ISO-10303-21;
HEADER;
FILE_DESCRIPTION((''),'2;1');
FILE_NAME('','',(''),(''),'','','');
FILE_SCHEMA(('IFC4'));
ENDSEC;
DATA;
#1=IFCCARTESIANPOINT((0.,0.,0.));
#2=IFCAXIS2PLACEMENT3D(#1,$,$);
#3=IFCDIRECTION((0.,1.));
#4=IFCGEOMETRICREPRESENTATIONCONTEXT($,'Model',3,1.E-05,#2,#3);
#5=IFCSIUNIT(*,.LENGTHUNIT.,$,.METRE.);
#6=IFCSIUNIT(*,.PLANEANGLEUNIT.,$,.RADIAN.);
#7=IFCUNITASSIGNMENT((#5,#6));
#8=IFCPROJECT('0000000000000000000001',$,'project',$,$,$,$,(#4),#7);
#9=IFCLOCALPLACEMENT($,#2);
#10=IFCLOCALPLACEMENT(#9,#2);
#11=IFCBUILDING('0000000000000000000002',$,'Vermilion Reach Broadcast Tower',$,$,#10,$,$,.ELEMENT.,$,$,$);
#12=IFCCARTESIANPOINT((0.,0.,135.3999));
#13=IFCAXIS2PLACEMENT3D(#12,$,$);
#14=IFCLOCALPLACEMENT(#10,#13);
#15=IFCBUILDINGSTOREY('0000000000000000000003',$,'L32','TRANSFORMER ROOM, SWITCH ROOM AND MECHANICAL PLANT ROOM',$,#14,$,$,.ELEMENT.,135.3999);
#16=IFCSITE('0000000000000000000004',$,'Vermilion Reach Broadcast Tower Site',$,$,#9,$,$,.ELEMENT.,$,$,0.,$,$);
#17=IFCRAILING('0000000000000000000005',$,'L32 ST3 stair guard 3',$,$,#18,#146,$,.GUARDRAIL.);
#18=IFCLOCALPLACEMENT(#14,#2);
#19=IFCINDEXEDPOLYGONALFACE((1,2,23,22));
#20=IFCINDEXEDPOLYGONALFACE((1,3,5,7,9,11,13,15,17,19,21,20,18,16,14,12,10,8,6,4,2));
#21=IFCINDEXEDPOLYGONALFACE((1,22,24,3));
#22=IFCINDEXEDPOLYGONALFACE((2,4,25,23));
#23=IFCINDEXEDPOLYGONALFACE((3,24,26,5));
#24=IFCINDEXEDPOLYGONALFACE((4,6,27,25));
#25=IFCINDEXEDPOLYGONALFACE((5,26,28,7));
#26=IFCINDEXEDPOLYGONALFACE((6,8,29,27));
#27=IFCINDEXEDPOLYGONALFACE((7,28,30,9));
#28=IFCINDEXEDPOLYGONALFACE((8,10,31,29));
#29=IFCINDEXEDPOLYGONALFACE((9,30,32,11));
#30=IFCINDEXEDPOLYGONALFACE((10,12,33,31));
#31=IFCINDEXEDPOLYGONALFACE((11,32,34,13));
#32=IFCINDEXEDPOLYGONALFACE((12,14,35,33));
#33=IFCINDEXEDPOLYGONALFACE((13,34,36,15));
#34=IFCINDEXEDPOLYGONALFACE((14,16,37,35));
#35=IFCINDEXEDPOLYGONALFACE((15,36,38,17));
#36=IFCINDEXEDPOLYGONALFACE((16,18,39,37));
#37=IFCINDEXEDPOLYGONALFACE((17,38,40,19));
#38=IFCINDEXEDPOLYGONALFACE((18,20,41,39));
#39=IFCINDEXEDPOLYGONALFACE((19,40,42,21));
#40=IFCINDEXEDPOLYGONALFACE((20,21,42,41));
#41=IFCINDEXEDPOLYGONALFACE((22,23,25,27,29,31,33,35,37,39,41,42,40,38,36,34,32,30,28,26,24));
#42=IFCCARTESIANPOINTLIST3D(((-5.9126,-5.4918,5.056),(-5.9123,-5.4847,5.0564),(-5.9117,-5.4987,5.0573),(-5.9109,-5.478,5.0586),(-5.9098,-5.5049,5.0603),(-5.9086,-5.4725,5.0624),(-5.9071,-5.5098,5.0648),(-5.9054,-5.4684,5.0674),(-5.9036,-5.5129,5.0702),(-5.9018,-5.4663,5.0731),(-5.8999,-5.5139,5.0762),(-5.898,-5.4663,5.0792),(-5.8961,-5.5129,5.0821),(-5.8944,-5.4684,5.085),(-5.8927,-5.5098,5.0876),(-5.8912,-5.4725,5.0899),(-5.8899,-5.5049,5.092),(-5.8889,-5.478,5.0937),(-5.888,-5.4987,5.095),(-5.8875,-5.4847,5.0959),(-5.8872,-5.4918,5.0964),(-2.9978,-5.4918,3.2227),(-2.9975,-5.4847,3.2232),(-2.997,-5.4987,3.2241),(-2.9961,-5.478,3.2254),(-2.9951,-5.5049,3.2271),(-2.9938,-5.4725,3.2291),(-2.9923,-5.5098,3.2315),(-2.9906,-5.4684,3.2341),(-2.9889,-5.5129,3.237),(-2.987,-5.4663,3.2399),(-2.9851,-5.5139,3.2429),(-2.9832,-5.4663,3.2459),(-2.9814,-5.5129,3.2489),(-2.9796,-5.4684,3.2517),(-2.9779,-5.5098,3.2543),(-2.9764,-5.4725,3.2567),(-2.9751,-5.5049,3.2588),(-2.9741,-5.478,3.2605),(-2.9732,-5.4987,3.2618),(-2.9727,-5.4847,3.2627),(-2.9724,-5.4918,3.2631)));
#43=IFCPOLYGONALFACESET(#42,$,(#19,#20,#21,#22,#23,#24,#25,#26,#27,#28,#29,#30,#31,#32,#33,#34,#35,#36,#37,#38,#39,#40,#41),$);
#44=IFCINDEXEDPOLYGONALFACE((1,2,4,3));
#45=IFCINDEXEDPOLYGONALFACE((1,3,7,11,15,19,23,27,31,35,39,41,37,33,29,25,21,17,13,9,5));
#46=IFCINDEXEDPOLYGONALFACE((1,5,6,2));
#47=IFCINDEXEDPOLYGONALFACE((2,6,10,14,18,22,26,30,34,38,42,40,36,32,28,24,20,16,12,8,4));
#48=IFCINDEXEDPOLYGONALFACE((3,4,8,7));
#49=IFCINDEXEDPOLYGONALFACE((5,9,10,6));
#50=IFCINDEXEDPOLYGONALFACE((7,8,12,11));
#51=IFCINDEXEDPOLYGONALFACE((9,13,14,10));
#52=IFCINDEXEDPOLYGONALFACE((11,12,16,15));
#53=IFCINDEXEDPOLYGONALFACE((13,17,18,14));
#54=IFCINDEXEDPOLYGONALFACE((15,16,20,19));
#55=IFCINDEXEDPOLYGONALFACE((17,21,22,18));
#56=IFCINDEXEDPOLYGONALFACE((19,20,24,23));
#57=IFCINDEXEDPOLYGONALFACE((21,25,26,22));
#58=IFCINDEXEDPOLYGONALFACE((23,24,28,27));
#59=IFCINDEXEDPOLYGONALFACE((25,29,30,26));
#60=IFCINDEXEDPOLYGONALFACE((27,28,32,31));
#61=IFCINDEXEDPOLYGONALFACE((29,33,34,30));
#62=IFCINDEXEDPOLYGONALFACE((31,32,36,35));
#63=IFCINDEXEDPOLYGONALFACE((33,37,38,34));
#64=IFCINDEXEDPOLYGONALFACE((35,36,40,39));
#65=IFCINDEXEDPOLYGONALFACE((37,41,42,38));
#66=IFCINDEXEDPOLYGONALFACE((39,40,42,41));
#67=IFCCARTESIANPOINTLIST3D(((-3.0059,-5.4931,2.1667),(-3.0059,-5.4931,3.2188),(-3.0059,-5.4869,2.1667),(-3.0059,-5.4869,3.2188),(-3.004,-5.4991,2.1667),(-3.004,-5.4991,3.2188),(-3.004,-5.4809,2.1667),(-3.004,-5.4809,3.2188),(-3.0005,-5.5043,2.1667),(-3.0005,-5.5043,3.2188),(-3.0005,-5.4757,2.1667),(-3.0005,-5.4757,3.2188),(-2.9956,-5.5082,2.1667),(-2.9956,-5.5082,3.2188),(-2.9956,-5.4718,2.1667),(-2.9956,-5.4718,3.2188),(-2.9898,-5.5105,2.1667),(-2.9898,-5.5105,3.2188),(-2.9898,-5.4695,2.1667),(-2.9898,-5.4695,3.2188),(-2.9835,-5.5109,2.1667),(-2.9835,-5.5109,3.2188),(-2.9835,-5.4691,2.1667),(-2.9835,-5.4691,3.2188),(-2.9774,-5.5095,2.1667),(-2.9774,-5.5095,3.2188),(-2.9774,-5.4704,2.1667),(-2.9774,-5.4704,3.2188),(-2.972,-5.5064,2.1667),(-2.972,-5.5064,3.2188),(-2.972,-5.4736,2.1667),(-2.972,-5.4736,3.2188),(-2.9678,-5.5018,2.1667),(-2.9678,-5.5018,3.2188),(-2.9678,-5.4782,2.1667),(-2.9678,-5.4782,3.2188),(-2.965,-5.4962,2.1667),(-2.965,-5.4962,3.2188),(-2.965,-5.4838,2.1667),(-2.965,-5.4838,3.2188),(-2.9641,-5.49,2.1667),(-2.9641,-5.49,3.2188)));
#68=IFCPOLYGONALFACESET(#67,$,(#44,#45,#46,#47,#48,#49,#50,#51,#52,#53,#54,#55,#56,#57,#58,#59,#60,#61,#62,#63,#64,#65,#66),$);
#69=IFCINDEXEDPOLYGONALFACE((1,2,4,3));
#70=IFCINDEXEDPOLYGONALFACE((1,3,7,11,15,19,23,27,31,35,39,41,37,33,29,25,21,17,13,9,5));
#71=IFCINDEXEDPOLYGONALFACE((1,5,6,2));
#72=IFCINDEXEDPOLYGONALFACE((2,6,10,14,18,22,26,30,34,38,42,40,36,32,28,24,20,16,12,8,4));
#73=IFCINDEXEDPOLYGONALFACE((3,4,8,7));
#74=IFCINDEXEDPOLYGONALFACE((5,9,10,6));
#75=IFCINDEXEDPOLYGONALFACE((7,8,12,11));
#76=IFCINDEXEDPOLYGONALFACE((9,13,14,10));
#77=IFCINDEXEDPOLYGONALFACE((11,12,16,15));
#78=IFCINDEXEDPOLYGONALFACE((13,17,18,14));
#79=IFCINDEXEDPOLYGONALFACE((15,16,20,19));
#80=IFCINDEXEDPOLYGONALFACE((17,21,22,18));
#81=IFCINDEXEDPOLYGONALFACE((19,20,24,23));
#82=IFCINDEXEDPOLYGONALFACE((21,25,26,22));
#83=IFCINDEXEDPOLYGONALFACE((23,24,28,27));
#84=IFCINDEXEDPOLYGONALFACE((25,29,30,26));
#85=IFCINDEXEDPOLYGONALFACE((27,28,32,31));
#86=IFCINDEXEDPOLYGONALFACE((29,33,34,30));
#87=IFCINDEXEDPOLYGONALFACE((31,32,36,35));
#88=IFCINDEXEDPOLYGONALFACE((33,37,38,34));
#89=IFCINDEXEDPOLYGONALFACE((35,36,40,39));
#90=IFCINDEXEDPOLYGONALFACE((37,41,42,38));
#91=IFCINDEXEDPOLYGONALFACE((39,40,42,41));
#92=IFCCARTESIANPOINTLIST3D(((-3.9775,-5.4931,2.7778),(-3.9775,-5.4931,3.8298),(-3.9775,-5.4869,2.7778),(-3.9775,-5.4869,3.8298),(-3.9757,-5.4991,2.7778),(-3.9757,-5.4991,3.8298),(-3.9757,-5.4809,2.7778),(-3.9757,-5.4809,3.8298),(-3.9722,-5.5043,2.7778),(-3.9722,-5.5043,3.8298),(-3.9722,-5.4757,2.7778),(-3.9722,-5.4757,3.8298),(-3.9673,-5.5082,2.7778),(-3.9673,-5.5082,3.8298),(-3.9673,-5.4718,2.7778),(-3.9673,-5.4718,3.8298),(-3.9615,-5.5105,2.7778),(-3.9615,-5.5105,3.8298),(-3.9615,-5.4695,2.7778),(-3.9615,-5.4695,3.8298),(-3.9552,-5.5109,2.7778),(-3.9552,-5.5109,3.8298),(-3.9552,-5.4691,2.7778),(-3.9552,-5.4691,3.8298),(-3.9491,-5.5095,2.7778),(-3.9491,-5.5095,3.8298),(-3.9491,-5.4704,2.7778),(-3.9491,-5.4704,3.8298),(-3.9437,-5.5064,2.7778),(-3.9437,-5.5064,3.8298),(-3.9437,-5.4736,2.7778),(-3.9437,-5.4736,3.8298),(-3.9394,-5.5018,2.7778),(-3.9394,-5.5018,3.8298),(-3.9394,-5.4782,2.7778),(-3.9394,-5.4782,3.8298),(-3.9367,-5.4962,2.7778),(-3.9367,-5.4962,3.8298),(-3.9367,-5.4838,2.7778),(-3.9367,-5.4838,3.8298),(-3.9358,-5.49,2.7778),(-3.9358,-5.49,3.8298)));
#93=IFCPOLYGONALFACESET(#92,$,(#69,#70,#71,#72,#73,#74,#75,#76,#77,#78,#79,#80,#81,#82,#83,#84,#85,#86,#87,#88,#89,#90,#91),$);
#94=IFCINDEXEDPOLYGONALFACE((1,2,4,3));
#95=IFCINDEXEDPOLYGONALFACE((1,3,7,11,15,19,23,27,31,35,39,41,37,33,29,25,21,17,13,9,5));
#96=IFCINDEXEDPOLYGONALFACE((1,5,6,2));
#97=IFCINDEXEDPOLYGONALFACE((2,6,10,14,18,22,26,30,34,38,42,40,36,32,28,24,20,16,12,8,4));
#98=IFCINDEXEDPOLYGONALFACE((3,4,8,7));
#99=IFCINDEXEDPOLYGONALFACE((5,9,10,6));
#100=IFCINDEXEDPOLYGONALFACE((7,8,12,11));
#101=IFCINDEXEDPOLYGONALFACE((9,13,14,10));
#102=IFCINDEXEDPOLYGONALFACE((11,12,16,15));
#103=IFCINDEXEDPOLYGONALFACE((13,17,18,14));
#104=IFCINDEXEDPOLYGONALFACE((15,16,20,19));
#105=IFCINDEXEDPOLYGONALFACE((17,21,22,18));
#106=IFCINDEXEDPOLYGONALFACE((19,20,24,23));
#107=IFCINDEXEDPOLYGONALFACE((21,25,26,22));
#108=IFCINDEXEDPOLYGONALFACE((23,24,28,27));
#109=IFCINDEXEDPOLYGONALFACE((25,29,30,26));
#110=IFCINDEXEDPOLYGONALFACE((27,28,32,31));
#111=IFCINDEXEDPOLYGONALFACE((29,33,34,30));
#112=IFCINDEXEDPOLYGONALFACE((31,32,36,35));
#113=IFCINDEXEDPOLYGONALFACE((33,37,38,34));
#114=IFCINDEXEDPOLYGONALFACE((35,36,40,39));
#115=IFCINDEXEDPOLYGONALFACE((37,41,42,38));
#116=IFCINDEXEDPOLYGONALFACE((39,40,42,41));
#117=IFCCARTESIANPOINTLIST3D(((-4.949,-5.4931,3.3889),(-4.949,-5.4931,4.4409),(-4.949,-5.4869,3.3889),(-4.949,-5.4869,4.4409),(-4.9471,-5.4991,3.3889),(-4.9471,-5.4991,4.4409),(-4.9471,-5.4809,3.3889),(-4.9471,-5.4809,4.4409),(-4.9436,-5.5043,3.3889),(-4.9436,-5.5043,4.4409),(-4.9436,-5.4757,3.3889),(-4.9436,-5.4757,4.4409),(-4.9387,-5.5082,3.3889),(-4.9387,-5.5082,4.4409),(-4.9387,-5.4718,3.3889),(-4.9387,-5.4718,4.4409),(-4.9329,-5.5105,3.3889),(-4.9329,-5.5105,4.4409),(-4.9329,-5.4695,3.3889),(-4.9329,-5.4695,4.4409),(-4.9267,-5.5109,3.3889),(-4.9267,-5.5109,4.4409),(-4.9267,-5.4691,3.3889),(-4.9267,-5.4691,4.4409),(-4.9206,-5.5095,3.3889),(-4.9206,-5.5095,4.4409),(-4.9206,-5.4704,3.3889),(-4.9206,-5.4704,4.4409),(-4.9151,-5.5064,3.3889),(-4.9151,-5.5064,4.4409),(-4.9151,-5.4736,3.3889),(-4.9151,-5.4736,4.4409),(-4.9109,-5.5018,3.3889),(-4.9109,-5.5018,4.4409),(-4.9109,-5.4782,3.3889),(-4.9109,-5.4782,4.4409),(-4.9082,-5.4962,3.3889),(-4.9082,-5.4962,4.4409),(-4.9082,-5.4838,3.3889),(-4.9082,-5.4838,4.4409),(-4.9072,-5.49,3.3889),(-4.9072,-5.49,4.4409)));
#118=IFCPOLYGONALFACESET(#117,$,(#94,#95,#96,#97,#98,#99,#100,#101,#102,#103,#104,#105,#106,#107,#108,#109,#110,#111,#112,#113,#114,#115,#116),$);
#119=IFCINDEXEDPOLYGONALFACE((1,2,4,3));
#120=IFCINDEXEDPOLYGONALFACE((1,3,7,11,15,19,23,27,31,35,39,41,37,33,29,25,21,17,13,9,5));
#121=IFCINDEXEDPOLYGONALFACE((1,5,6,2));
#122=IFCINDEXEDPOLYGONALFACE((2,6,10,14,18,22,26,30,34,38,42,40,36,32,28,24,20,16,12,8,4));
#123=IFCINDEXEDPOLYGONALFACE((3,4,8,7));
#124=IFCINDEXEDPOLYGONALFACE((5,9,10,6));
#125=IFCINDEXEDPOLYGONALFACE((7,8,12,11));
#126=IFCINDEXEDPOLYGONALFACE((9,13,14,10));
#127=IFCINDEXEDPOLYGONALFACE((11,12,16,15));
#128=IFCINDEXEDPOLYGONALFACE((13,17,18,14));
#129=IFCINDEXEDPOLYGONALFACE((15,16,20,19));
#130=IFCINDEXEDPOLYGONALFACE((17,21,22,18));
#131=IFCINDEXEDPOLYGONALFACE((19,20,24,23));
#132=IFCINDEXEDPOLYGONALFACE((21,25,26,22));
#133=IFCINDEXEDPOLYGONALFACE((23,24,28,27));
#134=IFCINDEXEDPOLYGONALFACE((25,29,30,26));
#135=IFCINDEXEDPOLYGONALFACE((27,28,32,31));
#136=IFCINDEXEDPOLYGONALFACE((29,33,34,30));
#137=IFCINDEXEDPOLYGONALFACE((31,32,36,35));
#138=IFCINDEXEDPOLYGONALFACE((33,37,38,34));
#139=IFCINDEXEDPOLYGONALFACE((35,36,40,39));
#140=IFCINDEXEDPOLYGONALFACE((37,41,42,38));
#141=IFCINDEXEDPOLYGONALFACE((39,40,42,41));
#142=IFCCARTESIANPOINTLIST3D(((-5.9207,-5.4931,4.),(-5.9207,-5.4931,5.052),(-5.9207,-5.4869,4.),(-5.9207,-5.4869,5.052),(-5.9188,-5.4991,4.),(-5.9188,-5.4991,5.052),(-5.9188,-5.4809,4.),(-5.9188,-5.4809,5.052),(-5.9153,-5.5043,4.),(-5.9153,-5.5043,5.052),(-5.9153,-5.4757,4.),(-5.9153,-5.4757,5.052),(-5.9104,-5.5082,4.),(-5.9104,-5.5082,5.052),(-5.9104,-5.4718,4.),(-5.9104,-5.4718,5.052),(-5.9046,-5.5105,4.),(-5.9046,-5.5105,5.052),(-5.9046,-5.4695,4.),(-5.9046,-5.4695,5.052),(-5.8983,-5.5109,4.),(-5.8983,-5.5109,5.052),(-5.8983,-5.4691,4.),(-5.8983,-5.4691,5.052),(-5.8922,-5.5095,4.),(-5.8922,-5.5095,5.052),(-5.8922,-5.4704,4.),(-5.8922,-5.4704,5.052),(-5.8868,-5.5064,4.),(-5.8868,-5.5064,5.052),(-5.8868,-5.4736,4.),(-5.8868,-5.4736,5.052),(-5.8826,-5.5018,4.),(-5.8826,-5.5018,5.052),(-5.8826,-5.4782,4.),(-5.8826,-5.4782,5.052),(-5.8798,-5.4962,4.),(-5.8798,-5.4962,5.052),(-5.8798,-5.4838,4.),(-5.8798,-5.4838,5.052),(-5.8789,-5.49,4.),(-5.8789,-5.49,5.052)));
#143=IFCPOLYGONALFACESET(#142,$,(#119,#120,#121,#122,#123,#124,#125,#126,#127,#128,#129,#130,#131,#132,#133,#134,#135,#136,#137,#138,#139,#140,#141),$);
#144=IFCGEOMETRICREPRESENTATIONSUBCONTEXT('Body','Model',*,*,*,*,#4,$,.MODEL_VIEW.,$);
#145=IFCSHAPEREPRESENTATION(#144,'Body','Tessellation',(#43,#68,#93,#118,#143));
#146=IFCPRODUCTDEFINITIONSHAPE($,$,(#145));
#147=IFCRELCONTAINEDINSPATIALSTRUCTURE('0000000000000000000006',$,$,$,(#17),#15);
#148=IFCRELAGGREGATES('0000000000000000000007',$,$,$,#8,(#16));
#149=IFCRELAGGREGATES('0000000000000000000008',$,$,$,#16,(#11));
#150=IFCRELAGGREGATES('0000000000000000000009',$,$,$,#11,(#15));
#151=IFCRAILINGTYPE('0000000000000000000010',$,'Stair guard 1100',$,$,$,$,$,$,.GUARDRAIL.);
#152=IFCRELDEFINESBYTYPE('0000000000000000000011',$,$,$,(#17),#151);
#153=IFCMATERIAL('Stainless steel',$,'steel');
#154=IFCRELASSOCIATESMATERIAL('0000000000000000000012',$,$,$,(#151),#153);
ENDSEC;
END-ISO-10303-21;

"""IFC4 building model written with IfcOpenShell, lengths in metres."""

from ifc_helpers import new_model, si_unit, direction, frame, origin, origin_2d, place, context, subcontext, project, spatial, circle, extrude, material, type_object, element, save


model = new_model("IFC4")

# Units and contexts
model_context = context("Model", 3, precision=1e-05, world=origin(), true_north=direction((0.0, 1.0)))
body_context = subcontext(model_context, "Body", "Model", "MODEL_VIEW")
ifc_project = project(units=[si_unit("LENGTHUNIT", "METRE"), si_unit("PLANEANGLEUNIT", "RADIAN")], contexts=[model_context])

# Site, building, storey
site_placement = place(None, origin())
site = spatial("IfcSite", under=ifc_project, at=site_placement, Name="Vermilion Reach Broadcast Tower Site", CompositionType="ELEMENT", RefElevation=0.0)
building_placement = place(site_placement, origin())
building = spatial("IfcBuilding", under=site, at=building_placement, Name="Vermilion Reach Broadcast Tower", CompositionType="ELEMENT")
storey_placement = place(building_placement, frame((0.0, 0.0, 135.3999)))
storey = spatial("IfcBuildingStorey", under=building, at=storey_placement, Name="L32", Description="TRANSFORMER ROOM, SWITCH ROOM AND MECHANICAL PLANT ROOM", CompositionType="ELEMENT", Elevation=135.3999)

# Railing
ifc_material_1 = material(Name="Stainless steel", Category="steel")
railing_type_1 = type_object("IfcRailingType", Name="Stair guard 1100", PredefinedType="GUARDRAIL", material=ifc_material_1)
railing_1_placement = place(storey_placement, frame((-2.9851, -5.49, 2.1667)))
element("IfcRailing", 1, at=railing_1_placement, inside=storey, type_object=railing_type_1, Name="L32 ST3 stair guard 3", PredefinedType="GUARDRAIL", context=body_context, shape_type="SweptSolid", body=[
    extrude(circle(Radius=0.0239, at=origin_2d()), frame((0.0, 0.0, 1.0762), z_axis=(-0.846493, 0.0, 0.532399), x_axis=(0.0, -1.0, 0.0)), (0.0, 0.0, 1.0), 3.4434),
    extrude(circle(Radius=0.021, at=origin_2d()), origin(), (0.0, 0.0, 1.0), 1.052),
    extrude(circle(Radius=0.021, at=origin_2d()), frame((-0.9717, 0.0, 0.6111)), (0.0, 0.0, 1.0), 1.052),
    extrude(circle(Radius=0.021, at=origin_2d()), frame((-1.9431, 0.0, 1.2222)), (0.0, 0.0, 1.0), 1.052),
    extrude(circle(Radius=0.021, at=origin_2d()), frame((-2.9148, 0.0, 1.8333)), (0.0, 0.0, 1.0), 1.052),
])

save(model, "model.ifc")
